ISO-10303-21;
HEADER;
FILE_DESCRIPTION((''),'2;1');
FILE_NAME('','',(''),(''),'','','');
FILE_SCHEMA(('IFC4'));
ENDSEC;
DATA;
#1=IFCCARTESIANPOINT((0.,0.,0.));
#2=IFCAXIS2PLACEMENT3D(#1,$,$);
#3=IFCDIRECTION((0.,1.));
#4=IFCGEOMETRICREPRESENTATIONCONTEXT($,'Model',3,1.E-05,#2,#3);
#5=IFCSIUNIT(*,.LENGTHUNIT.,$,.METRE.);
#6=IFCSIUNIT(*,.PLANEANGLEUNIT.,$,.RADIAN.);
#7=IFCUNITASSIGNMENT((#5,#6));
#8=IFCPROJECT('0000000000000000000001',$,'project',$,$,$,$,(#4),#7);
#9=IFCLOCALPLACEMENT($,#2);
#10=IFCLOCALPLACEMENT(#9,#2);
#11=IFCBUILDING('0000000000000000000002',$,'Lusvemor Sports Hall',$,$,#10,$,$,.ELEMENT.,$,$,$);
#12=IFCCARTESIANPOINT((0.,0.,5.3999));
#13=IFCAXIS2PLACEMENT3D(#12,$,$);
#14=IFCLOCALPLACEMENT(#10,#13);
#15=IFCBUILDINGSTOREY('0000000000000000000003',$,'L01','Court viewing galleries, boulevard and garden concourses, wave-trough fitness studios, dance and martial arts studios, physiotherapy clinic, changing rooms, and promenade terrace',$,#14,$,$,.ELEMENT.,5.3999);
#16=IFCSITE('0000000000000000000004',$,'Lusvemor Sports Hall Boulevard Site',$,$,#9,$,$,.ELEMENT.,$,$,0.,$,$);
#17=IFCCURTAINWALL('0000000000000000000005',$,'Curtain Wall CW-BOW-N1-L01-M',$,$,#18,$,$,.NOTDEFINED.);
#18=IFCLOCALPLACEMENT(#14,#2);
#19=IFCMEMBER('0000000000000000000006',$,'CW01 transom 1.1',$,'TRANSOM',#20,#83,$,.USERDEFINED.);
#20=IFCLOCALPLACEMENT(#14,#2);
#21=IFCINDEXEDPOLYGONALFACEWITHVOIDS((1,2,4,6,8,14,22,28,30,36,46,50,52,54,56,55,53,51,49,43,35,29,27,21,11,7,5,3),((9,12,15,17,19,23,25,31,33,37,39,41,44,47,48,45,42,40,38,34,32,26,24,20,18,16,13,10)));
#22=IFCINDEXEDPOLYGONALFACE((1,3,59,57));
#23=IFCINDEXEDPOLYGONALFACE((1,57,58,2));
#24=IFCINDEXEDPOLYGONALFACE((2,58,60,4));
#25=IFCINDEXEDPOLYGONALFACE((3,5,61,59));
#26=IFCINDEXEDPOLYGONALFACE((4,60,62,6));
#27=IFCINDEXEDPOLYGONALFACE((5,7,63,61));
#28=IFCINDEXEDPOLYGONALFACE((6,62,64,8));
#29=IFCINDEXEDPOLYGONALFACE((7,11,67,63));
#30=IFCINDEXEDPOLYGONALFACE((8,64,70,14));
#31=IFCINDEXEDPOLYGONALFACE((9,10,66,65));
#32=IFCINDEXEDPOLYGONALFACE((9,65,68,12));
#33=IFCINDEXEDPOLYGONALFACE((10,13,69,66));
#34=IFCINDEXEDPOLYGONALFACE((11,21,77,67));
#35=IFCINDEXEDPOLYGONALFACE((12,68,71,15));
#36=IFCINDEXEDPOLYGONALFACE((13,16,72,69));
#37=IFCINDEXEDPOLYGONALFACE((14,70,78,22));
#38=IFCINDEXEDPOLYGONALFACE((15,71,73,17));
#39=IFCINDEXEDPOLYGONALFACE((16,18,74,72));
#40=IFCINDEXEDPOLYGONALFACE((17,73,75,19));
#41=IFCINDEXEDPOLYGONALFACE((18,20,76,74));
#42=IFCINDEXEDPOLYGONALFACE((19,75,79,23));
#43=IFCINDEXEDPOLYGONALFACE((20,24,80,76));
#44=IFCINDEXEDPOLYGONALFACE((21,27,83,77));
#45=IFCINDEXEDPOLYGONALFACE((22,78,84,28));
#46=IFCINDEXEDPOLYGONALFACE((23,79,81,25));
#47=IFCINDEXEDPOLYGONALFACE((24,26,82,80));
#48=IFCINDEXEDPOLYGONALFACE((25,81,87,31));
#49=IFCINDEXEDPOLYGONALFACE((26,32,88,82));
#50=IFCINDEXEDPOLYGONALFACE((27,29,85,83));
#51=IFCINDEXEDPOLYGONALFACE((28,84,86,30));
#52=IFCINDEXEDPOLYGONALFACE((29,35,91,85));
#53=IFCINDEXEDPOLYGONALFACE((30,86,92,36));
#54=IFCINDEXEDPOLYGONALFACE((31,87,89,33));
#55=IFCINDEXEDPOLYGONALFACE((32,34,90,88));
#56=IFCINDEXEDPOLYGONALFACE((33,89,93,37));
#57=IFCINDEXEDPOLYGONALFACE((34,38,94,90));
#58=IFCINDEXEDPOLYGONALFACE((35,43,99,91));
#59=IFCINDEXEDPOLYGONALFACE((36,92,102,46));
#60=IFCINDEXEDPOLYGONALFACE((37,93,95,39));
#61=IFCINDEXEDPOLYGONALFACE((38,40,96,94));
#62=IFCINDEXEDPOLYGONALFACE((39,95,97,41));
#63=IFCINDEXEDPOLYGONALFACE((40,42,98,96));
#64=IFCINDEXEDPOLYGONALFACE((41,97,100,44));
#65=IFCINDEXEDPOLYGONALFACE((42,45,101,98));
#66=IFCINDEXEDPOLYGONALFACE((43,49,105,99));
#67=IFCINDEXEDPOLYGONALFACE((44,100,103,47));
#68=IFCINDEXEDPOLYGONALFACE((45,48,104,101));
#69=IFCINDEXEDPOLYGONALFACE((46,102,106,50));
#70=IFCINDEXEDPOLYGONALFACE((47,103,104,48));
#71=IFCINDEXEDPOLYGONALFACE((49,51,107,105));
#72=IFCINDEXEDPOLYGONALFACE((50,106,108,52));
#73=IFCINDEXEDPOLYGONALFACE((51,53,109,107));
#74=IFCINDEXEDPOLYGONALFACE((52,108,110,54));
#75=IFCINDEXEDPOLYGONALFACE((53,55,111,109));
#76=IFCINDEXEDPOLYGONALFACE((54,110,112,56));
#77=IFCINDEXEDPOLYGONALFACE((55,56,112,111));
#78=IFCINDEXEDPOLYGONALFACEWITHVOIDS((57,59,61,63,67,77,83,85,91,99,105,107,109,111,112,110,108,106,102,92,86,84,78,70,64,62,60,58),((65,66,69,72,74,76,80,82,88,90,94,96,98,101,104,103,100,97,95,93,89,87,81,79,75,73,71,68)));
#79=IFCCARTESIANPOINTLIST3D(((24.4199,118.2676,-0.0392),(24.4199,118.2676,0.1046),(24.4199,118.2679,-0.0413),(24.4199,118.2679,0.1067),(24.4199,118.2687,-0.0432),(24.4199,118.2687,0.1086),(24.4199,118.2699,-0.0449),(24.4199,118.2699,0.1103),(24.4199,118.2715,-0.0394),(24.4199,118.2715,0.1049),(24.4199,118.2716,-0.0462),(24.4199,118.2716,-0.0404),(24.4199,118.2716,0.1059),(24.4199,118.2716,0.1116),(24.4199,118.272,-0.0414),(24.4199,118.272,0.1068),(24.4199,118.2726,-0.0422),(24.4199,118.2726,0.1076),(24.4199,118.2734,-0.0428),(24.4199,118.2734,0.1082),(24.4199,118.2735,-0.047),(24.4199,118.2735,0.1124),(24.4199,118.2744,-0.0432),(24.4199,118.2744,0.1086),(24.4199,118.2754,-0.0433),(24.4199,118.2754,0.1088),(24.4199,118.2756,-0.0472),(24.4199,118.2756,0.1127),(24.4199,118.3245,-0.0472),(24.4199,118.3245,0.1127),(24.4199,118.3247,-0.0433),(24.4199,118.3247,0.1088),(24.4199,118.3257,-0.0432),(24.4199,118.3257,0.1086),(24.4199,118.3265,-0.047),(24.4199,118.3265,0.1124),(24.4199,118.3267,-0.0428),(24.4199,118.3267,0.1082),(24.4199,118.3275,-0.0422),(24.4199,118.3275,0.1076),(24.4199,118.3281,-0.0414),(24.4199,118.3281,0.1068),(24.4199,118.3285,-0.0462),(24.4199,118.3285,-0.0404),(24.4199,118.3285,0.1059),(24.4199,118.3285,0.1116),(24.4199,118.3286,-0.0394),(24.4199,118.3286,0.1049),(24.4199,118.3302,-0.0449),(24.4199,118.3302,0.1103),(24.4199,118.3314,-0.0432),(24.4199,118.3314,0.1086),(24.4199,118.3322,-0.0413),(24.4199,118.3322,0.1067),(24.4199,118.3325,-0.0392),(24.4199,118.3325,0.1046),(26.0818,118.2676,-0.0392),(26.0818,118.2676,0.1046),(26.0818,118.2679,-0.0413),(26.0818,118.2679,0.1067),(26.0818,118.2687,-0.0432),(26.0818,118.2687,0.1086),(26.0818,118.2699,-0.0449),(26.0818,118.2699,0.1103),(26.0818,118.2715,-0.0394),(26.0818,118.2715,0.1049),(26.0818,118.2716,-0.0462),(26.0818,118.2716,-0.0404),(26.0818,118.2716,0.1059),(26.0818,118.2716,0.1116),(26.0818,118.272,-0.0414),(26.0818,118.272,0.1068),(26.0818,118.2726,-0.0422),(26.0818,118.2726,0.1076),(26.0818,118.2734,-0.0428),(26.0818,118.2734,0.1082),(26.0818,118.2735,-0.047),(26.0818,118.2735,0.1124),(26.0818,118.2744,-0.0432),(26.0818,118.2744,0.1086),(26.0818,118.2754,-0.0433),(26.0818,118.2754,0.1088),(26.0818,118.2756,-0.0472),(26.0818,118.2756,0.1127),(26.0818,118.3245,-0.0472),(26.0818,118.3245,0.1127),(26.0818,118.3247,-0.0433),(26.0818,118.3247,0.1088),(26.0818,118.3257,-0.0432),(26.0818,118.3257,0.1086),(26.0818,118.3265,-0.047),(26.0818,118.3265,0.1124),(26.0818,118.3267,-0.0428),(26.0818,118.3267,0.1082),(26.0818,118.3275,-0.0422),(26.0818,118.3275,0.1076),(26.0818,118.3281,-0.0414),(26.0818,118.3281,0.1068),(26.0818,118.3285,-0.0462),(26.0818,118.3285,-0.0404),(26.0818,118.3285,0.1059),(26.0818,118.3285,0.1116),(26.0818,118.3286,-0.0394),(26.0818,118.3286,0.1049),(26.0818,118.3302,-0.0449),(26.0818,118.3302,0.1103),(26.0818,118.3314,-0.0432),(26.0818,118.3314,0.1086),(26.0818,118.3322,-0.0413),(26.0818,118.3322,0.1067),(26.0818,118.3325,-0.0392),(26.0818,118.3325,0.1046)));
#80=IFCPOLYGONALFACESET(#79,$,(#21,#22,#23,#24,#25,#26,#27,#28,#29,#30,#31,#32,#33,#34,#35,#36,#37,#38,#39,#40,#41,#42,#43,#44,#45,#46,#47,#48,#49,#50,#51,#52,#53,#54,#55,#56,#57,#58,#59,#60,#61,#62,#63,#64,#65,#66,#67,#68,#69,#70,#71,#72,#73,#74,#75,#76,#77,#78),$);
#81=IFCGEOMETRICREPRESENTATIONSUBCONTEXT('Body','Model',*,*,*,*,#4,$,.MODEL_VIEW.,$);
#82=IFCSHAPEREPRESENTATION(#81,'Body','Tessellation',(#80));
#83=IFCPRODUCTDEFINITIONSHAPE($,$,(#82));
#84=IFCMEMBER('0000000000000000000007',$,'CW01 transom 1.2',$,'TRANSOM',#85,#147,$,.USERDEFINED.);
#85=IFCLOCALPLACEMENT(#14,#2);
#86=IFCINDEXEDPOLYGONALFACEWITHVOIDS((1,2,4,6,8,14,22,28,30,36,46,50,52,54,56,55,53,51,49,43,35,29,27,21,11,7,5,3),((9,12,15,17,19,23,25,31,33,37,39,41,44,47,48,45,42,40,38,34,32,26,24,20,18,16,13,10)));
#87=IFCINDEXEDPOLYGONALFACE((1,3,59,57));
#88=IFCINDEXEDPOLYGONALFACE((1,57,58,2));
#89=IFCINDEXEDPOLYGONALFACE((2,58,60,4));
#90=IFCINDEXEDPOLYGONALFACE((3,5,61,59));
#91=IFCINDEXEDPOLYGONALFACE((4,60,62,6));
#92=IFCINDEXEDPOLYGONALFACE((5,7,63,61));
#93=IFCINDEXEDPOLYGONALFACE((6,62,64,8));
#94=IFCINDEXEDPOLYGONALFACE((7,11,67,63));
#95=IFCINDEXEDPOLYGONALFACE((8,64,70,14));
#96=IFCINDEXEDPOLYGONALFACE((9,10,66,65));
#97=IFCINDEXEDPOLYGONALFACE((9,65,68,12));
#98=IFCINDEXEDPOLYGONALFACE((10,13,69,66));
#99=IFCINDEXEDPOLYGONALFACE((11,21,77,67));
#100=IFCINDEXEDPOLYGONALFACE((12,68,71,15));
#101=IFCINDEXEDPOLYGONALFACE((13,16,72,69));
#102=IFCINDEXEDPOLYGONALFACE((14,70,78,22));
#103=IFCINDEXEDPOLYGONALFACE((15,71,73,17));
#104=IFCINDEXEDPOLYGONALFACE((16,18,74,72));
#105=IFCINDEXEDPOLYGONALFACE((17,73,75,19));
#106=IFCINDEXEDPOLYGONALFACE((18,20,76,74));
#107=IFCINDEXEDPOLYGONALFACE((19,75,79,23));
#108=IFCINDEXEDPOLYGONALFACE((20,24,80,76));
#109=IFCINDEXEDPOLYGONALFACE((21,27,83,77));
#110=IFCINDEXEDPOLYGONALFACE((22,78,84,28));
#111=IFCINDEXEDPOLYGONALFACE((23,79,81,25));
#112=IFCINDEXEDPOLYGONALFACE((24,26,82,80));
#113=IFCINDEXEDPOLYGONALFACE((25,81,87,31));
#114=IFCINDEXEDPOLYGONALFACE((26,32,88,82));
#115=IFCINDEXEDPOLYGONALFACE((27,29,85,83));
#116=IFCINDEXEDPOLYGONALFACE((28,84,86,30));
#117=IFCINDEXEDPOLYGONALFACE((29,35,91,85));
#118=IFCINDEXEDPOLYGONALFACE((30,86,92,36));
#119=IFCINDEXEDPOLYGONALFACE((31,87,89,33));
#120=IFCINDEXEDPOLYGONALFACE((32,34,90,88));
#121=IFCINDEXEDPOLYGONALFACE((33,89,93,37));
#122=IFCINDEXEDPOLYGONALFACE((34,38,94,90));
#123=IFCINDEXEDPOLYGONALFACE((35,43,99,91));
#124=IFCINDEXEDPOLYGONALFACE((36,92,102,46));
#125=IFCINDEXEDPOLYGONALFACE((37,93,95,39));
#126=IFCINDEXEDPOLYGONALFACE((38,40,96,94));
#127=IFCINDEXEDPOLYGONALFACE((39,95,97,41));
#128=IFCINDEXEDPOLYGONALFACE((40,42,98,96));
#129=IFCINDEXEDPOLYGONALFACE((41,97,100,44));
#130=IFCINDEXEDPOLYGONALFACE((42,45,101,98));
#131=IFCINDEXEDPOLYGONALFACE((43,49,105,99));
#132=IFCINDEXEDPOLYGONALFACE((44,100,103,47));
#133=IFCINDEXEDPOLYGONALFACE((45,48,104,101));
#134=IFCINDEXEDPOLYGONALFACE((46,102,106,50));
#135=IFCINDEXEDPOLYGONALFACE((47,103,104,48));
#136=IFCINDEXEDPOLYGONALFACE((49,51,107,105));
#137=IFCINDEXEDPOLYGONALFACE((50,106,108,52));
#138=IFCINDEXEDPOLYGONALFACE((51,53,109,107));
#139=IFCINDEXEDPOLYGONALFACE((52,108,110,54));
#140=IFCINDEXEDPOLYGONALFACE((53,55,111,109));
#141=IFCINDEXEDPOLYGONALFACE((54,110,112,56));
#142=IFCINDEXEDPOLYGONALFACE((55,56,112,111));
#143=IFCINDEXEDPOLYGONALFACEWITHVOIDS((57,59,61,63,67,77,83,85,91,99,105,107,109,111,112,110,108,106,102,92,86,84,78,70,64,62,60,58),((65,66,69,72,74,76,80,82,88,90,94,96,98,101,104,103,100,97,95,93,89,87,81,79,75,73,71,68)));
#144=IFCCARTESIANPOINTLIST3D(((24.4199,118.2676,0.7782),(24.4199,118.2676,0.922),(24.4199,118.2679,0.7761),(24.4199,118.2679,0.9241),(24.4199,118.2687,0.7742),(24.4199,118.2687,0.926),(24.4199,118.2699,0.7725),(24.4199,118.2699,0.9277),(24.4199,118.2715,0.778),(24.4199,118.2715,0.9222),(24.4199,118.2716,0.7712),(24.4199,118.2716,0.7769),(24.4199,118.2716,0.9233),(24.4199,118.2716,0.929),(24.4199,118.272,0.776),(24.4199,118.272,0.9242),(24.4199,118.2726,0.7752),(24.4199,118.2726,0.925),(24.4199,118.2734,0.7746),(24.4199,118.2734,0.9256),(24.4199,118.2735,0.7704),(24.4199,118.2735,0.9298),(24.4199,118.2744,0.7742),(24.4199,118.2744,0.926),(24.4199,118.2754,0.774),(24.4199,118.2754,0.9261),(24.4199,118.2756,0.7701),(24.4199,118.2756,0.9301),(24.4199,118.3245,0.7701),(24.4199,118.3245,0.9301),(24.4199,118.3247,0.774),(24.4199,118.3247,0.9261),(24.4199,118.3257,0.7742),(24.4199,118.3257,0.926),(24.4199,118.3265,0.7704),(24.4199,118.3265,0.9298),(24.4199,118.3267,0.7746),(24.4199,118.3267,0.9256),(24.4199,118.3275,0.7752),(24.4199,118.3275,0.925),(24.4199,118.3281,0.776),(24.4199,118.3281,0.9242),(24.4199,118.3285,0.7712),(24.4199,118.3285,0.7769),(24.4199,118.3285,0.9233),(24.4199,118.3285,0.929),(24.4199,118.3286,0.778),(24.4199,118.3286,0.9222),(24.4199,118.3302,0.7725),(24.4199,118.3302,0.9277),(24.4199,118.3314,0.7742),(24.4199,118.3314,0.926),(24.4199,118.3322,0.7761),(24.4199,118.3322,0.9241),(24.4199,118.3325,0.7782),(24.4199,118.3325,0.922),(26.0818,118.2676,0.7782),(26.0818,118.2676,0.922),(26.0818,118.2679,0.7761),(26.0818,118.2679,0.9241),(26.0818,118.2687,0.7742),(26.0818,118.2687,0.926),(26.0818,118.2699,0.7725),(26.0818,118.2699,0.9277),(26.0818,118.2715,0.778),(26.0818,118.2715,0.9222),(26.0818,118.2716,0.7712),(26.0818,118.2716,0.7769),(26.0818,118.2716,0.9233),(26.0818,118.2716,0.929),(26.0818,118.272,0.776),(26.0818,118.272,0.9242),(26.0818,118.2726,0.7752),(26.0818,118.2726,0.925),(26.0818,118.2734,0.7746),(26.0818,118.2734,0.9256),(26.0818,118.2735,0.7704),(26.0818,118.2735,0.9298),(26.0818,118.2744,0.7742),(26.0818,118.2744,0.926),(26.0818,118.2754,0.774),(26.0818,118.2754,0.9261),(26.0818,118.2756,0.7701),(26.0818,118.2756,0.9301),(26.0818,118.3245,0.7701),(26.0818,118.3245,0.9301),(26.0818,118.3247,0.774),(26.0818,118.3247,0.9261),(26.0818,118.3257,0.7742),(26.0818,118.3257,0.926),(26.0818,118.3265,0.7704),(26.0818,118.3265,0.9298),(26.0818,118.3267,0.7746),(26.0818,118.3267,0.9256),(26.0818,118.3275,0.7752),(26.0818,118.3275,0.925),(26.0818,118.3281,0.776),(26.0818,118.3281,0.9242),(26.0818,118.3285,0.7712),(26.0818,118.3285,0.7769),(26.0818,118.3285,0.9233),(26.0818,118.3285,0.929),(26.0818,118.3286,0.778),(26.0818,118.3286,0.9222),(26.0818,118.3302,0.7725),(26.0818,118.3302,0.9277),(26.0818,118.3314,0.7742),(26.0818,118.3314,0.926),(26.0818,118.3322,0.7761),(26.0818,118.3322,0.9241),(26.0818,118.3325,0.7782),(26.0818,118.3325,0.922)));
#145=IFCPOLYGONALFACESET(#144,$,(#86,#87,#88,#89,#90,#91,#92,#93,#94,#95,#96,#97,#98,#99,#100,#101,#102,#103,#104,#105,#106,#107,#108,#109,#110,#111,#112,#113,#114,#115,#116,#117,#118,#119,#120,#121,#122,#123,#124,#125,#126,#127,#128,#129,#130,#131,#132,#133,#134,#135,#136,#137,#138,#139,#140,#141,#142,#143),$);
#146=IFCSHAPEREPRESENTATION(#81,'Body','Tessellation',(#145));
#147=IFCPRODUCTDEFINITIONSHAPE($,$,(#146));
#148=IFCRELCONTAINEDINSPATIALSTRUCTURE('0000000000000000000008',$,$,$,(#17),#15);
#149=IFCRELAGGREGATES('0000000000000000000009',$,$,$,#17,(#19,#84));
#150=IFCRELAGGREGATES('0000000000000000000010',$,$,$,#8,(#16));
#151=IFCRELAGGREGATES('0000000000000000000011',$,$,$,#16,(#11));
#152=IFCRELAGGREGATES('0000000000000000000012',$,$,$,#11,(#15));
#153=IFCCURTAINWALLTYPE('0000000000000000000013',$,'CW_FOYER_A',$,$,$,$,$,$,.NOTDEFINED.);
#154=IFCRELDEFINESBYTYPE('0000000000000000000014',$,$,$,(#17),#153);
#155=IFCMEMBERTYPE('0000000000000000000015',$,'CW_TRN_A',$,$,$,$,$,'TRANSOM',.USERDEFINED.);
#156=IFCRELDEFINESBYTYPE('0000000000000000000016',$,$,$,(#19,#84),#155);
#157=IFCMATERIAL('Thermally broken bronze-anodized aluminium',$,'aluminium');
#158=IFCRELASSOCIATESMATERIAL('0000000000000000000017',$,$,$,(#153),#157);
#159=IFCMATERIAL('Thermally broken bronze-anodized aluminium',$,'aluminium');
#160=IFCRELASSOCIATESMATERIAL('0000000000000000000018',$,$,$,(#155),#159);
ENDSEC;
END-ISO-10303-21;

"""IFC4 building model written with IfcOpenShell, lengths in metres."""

from ifc_helpers import new_model, si_unit, direction, frame, origin, origin_2d, place, context, subcontext, project, spatial, hollow_rectangle, extrude, material, material_profile, profile_set, type_object, element, aggregate, save


model = new_model("IFC4")

# Units and contexts
model_context = context("Model", 3, precision=1e-05, world=origin(), true_north=direction((0.0, 1.0)))
body_context = subcontext(model_context, "Body", "Model", "MODEL_VIEW")
ifc_project = project(units=[si_unit("LENGTHUNIT", "METRE"), si_unit("PLANEANGLEUNIT", "RADIAN")], contexts=[model_context])

# Site, building, storey
site_placement = place(None, origin())
site = spatial("IfcSite", under=ifc_project, at=site_placement, Name="Lusvemor Sports Hall Boulevard Site", CompositionType="ELEMENT", RefElevation=0.0)
building_placement = place(site_placement, origin())
building = spatial("IfcBuilding", under=site, at=building_placement, Name="Lusvemor Sports Hall", CompositionType="ELEMENT")
storey_placement = place(building_placement, frame((0.0, 0.0, 5.3999)))
storey = spatial("IfcBuildingStorey", under=building, at=storey_placement, Name="L01", Description="Court viewing galleries, boulevard and garden concourses, wave-trough fitness studios, dance and martial arts studios, physiotherapy clinic, changing rooms, and promenade terrace", CompositionType="ELEMENT", Elevation=5.3999)

# Curtain wall
ifc_material_1 = material(Name="Thermally broken bronze-anodized aluminium", Category="aluminium")
curtain_wall_type_1 = type_object("IfcCurtainWallType", Name="CW_FOYER_A", PredefinedType="NOTDEFINED", material=ifc_material_1)
curtain_wall_1_placement = place(storey_placement, origin())
curtain_wall_1 = element("IfcCurtainWall", 1, at=curtain_wall_1_placement, inside=storey, type_object=curtain_wall_type_1, Name="Curtain Wall CW-BOW-N1-L01-M", PredefinedType="NOTDEFINED")

# Members
ifc_material_2 = material(Name="Thermally broken bronze-anodized aluminium", Category="aluminium")
ifc_material_profile_1 = material_profile(ifc_material_2, hollow_rectangle(XDim=0.0649, YDim=0.1599, WallThickness=0.0039, InnerFilletRadius=0.0039, OuterFilletRadius=0.0081, at=origin_2d()), Name="CWTRN160x65x4")
ifc_profile_set_1 = profile_set([ifc_material_profile_1], Name="Thermally broken bronze-anodized aluminium")
member_type_1 = type_object("IfcMemberType", Name="CW_TRN_A", ElementType="TRANSOM", PredefinedType="USERDEFINED", material=ifc_profile_set_1)
member_1_placement = place(storey_placement, frame((24.4199, 118.3, 0.0327), z_axis=(1.0, 0.0, 0.0), x_axis=(0.0, 1.0, 0.0)))
member_1 = element("IfcMember", 2, at=member_1_placement, type_object=member_type_1, Name="CW01 transom 1.1", ObjectType="TRANSOM", PredefinedType="USERDEFINED", context=body_context, shape_type="SweptSolid", body=[
    extrude(hollow_rectangle(XDim=0.0649, YDim=0.1599, WallThickness=0.0039, InnerFilletRadius=0.0039, OuterFilletRadius=0.0081, at=origin_2d()), origin(), (0.0, 0.0, 1.0), 1.6619),
])
member_2_placement = place(storey_placement, frame((24.4199, 118.3, 0.8501), z_axis=(1.0, 0.0, 0.0), x_axis=(0.0, 1.0, 0.0)))
member_2 = element("IfcMember", 3, at=member_2_placement, type_object=member_type_1, Name="CW01 transom 1.2", ObjectType="TRANSOM", PredefinedType="USERDEFINED", context=body_context, shape_type="SweptSolid", body=[
    extrude(hollow_rectangle(XDim=0.0649, YDim=0.1599, WallThickness=0.0039, InnerFilletRadius=0.0039, OuterFilletRadius=0.0081, at=origin_2d()), origin(), (0.0, 0.0, 1.0), 1.6619),
])
aggregate(curtain_wall_1, [member_1, member_2])

save(model, "model.ifc")
